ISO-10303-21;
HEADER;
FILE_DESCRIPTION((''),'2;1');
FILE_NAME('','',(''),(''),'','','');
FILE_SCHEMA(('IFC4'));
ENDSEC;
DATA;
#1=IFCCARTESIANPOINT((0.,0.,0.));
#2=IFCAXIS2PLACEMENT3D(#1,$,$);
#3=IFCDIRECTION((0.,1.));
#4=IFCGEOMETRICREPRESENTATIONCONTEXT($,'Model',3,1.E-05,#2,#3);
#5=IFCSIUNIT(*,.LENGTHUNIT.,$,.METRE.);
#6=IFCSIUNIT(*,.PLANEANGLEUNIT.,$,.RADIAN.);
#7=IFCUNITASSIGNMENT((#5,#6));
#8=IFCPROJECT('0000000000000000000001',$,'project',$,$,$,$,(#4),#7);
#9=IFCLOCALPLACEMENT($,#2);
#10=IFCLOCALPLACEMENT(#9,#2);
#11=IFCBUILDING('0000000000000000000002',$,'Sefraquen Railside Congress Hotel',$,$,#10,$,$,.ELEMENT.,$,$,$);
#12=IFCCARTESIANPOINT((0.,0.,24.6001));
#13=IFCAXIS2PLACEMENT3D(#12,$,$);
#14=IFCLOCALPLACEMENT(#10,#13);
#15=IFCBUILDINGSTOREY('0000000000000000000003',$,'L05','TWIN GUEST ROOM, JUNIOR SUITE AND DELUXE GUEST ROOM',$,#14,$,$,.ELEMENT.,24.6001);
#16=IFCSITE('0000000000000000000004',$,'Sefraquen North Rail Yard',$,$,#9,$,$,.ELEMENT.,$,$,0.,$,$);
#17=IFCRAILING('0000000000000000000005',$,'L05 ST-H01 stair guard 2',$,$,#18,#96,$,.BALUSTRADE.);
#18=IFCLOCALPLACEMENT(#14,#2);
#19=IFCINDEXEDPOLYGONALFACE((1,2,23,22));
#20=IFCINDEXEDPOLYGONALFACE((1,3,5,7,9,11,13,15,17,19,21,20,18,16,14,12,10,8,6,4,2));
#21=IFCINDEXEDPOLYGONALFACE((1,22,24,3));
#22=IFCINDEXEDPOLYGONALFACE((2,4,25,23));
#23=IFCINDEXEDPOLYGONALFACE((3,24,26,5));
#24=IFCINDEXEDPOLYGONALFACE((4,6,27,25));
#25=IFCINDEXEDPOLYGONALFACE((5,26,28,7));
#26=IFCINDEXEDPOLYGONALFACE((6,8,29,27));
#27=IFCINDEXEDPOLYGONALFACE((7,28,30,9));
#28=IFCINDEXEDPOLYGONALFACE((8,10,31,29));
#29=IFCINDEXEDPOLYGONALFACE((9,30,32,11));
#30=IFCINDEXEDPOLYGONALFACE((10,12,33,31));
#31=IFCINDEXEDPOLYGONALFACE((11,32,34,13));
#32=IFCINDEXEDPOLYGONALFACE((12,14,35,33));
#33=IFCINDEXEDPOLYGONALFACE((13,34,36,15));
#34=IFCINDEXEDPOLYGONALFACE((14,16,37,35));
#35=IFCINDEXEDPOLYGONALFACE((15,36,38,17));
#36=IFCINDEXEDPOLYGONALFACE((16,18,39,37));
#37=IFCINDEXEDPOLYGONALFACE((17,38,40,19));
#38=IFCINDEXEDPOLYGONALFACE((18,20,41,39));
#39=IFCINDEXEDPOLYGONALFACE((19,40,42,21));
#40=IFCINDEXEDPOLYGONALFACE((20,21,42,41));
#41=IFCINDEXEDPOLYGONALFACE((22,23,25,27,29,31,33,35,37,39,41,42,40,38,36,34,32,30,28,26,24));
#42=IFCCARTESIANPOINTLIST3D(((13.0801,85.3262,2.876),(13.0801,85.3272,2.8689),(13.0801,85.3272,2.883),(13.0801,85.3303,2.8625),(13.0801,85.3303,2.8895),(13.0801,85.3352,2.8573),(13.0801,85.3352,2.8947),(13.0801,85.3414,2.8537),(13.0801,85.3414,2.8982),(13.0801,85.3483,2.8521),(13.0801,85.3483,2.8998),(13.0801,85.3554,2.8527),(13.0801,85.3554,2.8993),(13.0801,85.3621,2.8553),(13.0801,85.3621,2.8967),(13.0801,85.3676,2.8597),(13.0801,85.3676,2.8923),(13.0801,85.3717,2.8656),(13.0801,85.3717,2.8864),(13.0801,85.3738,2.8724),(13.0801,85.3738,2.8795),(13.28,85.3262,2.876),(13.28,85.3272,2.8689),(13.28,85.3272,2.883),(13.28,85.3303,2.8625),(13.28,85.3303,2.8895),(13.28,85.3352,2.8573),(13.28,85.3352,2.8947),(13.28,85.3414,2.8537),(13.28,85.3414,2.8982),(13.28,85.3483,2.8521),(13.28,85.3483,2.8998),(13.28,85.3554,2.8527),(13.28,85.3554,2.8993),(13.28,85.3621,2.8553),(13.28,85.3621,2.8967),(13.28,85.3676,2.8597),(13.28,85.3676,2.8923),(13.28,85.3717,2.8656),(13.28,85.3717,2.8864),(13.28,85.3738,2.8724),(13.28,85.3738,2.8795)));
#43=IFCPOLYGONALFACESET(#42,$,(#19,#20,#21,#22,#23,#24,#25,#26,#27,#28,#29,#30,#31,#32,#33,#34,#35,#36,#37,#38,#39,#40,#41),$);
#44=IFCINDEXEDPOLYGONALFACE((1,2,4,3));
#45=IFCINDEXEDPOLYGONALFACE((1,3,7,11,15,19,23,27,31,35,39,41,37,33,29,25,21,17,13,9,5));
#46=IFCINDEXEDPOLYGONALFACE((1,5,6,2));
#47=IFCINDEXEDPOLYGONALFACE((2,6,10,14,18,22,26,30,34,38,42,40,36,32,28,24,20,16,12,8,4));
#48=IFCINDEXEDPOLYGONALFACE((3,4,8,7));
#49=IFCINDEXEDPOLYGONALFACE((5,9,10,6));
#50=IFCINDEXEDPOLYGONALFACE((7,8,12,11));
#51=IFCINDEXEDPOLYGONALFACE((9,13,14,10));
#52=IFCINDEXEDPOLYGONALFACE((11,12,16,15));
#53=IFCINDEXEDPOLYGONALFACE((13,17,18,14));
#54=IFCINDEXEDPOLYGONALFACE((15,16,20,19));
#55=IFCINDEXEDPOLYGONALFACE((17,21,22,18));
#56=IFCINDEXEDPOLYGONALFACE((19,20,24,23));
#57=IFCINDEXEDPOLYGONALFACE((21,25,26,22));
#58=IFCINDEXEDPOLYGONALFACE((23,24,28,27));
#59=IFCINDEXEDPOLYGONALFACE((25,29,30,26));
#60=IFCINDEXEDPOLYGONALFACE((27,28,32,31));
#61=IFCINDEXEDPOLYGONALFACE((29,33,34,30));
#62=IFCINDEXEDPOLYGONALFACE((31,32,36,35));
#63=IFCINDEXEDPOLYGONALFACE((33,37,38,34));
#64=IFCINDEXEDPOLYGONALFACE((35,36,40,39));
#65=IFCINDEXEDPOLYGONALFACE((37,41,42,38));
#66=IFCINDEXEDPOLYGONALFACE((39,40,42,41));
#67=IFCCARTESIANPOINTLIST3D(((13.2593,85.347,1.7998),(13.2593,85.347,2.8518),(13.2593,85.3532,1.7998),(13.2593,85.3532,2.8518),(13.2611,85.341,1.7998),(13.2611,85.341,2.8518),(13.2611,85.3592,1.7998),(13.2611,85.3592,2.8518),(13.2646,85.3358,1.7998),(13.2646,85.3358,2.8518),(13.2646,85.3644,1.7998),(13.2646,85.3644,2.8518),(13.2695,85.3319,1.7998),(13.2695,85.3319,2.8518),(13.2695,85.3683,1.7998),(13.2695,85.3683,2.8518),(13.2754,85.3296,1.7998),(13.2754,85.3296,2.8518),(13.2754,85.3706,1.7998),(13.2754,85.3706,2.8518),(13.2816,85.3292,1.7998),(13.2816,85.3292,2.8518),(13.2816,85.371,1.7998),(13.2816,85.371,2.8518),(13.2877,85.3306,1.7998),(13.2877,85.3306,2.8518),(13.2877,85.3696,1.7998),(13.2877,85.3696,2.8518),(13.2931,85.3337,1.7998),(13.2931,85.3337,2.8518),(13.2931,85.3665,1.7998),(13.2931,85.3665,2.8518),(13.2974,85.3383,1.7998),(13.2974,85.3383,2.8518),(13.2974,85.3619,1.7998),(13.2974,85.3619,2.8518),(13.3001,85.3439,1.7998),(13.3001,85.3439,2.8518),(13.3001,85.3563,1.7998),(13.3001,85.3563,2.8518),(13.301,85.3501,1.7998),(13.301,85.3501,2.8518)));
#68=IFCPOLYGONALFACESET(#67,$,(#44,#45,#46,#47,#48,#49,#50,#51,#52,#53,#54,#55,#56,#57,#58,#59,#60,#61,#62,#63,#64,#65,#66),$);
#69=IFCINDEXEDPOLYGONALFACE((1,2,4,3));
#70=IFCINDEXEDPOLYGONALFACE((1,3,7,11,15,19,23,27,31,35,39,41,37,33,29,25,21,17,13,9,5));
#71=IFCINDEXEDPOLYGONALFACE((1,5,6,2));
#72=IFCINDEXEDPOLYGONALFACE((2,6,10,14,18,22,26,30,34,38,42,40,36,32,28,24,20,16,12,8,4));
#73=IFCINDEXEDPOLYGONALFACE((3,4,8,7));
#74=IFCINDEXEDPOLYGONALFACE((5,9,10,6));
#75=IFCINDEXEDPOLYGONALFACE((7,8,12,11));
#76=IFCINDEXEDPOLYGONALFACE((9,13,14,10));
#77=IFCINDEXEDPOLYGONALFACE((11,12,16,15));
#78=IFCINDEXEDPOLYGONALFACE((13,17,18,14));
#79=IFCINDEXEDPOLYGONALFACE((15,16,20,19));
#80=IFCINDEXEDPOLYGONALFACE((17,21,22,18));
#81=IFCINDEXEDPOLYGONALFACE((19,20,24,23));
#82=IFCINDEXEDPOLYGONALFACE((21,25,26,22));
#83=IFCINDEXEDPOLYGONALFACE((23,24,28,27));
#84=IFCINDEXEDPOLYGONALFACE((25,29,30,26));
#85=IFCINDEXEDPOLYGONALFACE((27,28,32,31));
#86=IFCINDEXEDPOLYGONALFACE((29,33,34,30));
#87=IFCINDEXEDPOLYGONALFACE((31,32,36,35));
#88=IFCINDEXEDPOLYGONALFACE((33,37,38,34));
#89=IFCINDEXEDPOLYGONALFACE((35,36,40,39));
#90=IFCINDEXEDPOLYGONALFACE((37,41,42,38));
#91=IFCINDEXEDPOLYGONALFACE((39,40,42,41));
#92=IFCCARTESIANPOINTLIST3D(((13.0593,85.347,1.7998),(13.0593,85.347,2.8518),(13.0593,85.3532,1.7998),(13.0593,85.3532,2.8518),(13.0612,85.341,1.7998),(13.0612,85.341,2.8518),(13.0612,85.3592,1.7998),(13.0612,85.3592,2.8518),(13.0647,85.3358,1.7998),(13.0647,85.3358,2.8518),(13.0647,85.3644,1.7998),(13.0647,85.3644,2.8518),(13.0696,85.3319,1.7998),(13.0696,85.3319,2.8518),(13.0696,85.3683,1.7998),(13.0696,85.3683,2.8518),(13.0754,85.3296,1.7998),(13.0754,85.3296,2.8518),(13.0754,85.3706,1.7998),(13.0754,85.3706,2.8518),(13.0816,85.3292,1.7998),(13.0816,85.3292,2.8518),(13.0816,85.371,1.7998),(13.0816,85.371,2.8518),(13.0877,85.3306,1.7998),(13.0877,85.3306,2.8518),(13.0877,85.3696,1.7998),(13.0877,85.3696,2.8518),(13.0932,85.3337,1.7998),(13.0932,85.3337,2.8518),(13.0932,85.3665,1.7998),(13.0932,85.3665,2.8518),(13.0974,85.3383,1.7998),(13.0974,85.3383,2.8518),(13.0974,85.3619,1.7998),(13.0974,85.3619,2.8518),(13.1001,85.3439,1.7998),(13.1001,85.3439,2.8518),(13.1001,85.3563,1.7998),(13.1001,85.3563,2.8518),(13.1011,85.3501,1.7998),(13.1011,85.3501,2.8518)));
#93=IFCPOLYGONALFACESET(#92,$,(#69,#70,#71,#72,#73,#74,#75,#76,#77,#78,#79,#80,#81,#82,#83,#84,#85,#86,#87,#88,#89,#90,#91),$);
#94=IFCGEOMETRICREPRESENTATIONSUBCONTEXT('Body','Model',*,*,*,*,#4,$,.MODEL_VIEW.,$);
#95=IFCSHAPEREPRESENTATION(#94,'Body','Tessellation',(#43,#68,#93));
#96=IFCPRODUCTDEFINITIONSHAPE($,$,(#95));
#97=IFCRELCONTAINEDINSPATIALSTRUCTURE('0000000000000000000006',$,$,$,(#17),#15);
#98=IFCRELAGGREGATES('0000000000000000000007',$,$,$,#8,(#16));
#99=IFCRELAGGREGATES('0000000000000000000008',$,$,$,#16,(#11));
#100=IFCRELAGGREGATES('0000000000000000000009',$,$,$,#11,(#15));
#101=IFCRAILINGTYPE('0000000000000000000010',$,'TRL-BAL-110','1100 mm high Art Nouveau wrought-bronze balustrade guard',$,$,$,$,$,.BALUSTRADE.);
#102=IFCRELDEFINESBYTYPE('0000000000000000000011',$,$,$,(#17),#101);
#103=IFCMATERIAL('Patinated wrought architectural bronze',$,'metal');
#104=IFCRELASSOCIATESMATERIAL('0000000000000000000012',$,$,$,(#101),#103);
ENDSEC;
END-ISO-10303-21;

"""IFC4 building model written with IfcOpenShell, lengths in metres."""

from ifc_helpers import new_model, si_unit, direction, frame, origin, origin_2d, place, context, subcontext, project, spatial, circle, extrude, material, type_object, element, save


model = new_model("IFC4")

# Units and contexts
model_context = context("Model", 3, precision=1e-05, world=origin(), true_north=direction((0.0, 1.0)))
body_context = subcontext(model_context, "Body", "Model", "MODEL_VIEW")
ifc_project = project(units=[si_unit("LENGTHUNIT", "METRE"), si_unit("PLANEANGLEUNIT", "RADIAN")], contexts=[model_context])

# Site, building, storey
site_placement = place(None, origin())
site = spatial("IfcSite", under=ifc_project, at=site_placement, Name="Sefraquen North Rail Yard", CompositionType="ELEMENT", RefElevation=0.0)
building_placement = place(site_placement, origin())
building = spatial("IfcBuilding", under=site, at=building_placement, Name="Sefraquen Railside Congress Hotel", CompositionType="ELEMENT")
storey_placement = place(building_placement, frame((0.0, 0.0, 24.6001)))
storey = spatial("IfcBuildingStorey", under=building, at=storey_placement, Name="L05", Description="TWIN GUEST ROOM, JUNIOR SUITE AND DELUXE GUEST ROOM", CompositionType="ELEMENT", Elevation=24.6001)

# Railing
ifc_material_1 = material(Name="Patinated wrought architectural bronze", Category="metal")
railing_type_1 = type_object("IfcRailingType", Name="TRL-BAL-110", Description="1100 mm high Art Nouveau wrought-bronze balustrade guard", PredefinedType="BALUSTRADE", material=ifc_material_1)
railing_1_placement = place(storey_placement, frame((13.28, 85.3501, 1.7998)))
element("IfcRailing", 1, at=railing_1_placement, inside=storey, type_object=railing_type_1, Name="L05 ST-H01 stair guard 2", PredefinedType="BALUSTRADE", context=body_context, shape_type="SweptSolid", body=[
    extrude(circle(Radius=0.0239, at=origin_2d()), frame((0.0, 0.0, 1.0762), z_axis=(-1.0, 0.0, 0.0), x_axis=(0.0, -1.0, 0.0)), (0.0, 0.0, 1.0), 0.2),
    extrude(circle(Radius=0.021, at=origin_2d()), origin(), (0.0, 0.0, 1.0), 1.052),
    extrude(circle(Radius=0.021, at=origin_2d()), frame((-0.2, 0.0, 0.0)), (0.0, 0.0, 1.0), 1.052),
])

save(model, "model.ifc")
